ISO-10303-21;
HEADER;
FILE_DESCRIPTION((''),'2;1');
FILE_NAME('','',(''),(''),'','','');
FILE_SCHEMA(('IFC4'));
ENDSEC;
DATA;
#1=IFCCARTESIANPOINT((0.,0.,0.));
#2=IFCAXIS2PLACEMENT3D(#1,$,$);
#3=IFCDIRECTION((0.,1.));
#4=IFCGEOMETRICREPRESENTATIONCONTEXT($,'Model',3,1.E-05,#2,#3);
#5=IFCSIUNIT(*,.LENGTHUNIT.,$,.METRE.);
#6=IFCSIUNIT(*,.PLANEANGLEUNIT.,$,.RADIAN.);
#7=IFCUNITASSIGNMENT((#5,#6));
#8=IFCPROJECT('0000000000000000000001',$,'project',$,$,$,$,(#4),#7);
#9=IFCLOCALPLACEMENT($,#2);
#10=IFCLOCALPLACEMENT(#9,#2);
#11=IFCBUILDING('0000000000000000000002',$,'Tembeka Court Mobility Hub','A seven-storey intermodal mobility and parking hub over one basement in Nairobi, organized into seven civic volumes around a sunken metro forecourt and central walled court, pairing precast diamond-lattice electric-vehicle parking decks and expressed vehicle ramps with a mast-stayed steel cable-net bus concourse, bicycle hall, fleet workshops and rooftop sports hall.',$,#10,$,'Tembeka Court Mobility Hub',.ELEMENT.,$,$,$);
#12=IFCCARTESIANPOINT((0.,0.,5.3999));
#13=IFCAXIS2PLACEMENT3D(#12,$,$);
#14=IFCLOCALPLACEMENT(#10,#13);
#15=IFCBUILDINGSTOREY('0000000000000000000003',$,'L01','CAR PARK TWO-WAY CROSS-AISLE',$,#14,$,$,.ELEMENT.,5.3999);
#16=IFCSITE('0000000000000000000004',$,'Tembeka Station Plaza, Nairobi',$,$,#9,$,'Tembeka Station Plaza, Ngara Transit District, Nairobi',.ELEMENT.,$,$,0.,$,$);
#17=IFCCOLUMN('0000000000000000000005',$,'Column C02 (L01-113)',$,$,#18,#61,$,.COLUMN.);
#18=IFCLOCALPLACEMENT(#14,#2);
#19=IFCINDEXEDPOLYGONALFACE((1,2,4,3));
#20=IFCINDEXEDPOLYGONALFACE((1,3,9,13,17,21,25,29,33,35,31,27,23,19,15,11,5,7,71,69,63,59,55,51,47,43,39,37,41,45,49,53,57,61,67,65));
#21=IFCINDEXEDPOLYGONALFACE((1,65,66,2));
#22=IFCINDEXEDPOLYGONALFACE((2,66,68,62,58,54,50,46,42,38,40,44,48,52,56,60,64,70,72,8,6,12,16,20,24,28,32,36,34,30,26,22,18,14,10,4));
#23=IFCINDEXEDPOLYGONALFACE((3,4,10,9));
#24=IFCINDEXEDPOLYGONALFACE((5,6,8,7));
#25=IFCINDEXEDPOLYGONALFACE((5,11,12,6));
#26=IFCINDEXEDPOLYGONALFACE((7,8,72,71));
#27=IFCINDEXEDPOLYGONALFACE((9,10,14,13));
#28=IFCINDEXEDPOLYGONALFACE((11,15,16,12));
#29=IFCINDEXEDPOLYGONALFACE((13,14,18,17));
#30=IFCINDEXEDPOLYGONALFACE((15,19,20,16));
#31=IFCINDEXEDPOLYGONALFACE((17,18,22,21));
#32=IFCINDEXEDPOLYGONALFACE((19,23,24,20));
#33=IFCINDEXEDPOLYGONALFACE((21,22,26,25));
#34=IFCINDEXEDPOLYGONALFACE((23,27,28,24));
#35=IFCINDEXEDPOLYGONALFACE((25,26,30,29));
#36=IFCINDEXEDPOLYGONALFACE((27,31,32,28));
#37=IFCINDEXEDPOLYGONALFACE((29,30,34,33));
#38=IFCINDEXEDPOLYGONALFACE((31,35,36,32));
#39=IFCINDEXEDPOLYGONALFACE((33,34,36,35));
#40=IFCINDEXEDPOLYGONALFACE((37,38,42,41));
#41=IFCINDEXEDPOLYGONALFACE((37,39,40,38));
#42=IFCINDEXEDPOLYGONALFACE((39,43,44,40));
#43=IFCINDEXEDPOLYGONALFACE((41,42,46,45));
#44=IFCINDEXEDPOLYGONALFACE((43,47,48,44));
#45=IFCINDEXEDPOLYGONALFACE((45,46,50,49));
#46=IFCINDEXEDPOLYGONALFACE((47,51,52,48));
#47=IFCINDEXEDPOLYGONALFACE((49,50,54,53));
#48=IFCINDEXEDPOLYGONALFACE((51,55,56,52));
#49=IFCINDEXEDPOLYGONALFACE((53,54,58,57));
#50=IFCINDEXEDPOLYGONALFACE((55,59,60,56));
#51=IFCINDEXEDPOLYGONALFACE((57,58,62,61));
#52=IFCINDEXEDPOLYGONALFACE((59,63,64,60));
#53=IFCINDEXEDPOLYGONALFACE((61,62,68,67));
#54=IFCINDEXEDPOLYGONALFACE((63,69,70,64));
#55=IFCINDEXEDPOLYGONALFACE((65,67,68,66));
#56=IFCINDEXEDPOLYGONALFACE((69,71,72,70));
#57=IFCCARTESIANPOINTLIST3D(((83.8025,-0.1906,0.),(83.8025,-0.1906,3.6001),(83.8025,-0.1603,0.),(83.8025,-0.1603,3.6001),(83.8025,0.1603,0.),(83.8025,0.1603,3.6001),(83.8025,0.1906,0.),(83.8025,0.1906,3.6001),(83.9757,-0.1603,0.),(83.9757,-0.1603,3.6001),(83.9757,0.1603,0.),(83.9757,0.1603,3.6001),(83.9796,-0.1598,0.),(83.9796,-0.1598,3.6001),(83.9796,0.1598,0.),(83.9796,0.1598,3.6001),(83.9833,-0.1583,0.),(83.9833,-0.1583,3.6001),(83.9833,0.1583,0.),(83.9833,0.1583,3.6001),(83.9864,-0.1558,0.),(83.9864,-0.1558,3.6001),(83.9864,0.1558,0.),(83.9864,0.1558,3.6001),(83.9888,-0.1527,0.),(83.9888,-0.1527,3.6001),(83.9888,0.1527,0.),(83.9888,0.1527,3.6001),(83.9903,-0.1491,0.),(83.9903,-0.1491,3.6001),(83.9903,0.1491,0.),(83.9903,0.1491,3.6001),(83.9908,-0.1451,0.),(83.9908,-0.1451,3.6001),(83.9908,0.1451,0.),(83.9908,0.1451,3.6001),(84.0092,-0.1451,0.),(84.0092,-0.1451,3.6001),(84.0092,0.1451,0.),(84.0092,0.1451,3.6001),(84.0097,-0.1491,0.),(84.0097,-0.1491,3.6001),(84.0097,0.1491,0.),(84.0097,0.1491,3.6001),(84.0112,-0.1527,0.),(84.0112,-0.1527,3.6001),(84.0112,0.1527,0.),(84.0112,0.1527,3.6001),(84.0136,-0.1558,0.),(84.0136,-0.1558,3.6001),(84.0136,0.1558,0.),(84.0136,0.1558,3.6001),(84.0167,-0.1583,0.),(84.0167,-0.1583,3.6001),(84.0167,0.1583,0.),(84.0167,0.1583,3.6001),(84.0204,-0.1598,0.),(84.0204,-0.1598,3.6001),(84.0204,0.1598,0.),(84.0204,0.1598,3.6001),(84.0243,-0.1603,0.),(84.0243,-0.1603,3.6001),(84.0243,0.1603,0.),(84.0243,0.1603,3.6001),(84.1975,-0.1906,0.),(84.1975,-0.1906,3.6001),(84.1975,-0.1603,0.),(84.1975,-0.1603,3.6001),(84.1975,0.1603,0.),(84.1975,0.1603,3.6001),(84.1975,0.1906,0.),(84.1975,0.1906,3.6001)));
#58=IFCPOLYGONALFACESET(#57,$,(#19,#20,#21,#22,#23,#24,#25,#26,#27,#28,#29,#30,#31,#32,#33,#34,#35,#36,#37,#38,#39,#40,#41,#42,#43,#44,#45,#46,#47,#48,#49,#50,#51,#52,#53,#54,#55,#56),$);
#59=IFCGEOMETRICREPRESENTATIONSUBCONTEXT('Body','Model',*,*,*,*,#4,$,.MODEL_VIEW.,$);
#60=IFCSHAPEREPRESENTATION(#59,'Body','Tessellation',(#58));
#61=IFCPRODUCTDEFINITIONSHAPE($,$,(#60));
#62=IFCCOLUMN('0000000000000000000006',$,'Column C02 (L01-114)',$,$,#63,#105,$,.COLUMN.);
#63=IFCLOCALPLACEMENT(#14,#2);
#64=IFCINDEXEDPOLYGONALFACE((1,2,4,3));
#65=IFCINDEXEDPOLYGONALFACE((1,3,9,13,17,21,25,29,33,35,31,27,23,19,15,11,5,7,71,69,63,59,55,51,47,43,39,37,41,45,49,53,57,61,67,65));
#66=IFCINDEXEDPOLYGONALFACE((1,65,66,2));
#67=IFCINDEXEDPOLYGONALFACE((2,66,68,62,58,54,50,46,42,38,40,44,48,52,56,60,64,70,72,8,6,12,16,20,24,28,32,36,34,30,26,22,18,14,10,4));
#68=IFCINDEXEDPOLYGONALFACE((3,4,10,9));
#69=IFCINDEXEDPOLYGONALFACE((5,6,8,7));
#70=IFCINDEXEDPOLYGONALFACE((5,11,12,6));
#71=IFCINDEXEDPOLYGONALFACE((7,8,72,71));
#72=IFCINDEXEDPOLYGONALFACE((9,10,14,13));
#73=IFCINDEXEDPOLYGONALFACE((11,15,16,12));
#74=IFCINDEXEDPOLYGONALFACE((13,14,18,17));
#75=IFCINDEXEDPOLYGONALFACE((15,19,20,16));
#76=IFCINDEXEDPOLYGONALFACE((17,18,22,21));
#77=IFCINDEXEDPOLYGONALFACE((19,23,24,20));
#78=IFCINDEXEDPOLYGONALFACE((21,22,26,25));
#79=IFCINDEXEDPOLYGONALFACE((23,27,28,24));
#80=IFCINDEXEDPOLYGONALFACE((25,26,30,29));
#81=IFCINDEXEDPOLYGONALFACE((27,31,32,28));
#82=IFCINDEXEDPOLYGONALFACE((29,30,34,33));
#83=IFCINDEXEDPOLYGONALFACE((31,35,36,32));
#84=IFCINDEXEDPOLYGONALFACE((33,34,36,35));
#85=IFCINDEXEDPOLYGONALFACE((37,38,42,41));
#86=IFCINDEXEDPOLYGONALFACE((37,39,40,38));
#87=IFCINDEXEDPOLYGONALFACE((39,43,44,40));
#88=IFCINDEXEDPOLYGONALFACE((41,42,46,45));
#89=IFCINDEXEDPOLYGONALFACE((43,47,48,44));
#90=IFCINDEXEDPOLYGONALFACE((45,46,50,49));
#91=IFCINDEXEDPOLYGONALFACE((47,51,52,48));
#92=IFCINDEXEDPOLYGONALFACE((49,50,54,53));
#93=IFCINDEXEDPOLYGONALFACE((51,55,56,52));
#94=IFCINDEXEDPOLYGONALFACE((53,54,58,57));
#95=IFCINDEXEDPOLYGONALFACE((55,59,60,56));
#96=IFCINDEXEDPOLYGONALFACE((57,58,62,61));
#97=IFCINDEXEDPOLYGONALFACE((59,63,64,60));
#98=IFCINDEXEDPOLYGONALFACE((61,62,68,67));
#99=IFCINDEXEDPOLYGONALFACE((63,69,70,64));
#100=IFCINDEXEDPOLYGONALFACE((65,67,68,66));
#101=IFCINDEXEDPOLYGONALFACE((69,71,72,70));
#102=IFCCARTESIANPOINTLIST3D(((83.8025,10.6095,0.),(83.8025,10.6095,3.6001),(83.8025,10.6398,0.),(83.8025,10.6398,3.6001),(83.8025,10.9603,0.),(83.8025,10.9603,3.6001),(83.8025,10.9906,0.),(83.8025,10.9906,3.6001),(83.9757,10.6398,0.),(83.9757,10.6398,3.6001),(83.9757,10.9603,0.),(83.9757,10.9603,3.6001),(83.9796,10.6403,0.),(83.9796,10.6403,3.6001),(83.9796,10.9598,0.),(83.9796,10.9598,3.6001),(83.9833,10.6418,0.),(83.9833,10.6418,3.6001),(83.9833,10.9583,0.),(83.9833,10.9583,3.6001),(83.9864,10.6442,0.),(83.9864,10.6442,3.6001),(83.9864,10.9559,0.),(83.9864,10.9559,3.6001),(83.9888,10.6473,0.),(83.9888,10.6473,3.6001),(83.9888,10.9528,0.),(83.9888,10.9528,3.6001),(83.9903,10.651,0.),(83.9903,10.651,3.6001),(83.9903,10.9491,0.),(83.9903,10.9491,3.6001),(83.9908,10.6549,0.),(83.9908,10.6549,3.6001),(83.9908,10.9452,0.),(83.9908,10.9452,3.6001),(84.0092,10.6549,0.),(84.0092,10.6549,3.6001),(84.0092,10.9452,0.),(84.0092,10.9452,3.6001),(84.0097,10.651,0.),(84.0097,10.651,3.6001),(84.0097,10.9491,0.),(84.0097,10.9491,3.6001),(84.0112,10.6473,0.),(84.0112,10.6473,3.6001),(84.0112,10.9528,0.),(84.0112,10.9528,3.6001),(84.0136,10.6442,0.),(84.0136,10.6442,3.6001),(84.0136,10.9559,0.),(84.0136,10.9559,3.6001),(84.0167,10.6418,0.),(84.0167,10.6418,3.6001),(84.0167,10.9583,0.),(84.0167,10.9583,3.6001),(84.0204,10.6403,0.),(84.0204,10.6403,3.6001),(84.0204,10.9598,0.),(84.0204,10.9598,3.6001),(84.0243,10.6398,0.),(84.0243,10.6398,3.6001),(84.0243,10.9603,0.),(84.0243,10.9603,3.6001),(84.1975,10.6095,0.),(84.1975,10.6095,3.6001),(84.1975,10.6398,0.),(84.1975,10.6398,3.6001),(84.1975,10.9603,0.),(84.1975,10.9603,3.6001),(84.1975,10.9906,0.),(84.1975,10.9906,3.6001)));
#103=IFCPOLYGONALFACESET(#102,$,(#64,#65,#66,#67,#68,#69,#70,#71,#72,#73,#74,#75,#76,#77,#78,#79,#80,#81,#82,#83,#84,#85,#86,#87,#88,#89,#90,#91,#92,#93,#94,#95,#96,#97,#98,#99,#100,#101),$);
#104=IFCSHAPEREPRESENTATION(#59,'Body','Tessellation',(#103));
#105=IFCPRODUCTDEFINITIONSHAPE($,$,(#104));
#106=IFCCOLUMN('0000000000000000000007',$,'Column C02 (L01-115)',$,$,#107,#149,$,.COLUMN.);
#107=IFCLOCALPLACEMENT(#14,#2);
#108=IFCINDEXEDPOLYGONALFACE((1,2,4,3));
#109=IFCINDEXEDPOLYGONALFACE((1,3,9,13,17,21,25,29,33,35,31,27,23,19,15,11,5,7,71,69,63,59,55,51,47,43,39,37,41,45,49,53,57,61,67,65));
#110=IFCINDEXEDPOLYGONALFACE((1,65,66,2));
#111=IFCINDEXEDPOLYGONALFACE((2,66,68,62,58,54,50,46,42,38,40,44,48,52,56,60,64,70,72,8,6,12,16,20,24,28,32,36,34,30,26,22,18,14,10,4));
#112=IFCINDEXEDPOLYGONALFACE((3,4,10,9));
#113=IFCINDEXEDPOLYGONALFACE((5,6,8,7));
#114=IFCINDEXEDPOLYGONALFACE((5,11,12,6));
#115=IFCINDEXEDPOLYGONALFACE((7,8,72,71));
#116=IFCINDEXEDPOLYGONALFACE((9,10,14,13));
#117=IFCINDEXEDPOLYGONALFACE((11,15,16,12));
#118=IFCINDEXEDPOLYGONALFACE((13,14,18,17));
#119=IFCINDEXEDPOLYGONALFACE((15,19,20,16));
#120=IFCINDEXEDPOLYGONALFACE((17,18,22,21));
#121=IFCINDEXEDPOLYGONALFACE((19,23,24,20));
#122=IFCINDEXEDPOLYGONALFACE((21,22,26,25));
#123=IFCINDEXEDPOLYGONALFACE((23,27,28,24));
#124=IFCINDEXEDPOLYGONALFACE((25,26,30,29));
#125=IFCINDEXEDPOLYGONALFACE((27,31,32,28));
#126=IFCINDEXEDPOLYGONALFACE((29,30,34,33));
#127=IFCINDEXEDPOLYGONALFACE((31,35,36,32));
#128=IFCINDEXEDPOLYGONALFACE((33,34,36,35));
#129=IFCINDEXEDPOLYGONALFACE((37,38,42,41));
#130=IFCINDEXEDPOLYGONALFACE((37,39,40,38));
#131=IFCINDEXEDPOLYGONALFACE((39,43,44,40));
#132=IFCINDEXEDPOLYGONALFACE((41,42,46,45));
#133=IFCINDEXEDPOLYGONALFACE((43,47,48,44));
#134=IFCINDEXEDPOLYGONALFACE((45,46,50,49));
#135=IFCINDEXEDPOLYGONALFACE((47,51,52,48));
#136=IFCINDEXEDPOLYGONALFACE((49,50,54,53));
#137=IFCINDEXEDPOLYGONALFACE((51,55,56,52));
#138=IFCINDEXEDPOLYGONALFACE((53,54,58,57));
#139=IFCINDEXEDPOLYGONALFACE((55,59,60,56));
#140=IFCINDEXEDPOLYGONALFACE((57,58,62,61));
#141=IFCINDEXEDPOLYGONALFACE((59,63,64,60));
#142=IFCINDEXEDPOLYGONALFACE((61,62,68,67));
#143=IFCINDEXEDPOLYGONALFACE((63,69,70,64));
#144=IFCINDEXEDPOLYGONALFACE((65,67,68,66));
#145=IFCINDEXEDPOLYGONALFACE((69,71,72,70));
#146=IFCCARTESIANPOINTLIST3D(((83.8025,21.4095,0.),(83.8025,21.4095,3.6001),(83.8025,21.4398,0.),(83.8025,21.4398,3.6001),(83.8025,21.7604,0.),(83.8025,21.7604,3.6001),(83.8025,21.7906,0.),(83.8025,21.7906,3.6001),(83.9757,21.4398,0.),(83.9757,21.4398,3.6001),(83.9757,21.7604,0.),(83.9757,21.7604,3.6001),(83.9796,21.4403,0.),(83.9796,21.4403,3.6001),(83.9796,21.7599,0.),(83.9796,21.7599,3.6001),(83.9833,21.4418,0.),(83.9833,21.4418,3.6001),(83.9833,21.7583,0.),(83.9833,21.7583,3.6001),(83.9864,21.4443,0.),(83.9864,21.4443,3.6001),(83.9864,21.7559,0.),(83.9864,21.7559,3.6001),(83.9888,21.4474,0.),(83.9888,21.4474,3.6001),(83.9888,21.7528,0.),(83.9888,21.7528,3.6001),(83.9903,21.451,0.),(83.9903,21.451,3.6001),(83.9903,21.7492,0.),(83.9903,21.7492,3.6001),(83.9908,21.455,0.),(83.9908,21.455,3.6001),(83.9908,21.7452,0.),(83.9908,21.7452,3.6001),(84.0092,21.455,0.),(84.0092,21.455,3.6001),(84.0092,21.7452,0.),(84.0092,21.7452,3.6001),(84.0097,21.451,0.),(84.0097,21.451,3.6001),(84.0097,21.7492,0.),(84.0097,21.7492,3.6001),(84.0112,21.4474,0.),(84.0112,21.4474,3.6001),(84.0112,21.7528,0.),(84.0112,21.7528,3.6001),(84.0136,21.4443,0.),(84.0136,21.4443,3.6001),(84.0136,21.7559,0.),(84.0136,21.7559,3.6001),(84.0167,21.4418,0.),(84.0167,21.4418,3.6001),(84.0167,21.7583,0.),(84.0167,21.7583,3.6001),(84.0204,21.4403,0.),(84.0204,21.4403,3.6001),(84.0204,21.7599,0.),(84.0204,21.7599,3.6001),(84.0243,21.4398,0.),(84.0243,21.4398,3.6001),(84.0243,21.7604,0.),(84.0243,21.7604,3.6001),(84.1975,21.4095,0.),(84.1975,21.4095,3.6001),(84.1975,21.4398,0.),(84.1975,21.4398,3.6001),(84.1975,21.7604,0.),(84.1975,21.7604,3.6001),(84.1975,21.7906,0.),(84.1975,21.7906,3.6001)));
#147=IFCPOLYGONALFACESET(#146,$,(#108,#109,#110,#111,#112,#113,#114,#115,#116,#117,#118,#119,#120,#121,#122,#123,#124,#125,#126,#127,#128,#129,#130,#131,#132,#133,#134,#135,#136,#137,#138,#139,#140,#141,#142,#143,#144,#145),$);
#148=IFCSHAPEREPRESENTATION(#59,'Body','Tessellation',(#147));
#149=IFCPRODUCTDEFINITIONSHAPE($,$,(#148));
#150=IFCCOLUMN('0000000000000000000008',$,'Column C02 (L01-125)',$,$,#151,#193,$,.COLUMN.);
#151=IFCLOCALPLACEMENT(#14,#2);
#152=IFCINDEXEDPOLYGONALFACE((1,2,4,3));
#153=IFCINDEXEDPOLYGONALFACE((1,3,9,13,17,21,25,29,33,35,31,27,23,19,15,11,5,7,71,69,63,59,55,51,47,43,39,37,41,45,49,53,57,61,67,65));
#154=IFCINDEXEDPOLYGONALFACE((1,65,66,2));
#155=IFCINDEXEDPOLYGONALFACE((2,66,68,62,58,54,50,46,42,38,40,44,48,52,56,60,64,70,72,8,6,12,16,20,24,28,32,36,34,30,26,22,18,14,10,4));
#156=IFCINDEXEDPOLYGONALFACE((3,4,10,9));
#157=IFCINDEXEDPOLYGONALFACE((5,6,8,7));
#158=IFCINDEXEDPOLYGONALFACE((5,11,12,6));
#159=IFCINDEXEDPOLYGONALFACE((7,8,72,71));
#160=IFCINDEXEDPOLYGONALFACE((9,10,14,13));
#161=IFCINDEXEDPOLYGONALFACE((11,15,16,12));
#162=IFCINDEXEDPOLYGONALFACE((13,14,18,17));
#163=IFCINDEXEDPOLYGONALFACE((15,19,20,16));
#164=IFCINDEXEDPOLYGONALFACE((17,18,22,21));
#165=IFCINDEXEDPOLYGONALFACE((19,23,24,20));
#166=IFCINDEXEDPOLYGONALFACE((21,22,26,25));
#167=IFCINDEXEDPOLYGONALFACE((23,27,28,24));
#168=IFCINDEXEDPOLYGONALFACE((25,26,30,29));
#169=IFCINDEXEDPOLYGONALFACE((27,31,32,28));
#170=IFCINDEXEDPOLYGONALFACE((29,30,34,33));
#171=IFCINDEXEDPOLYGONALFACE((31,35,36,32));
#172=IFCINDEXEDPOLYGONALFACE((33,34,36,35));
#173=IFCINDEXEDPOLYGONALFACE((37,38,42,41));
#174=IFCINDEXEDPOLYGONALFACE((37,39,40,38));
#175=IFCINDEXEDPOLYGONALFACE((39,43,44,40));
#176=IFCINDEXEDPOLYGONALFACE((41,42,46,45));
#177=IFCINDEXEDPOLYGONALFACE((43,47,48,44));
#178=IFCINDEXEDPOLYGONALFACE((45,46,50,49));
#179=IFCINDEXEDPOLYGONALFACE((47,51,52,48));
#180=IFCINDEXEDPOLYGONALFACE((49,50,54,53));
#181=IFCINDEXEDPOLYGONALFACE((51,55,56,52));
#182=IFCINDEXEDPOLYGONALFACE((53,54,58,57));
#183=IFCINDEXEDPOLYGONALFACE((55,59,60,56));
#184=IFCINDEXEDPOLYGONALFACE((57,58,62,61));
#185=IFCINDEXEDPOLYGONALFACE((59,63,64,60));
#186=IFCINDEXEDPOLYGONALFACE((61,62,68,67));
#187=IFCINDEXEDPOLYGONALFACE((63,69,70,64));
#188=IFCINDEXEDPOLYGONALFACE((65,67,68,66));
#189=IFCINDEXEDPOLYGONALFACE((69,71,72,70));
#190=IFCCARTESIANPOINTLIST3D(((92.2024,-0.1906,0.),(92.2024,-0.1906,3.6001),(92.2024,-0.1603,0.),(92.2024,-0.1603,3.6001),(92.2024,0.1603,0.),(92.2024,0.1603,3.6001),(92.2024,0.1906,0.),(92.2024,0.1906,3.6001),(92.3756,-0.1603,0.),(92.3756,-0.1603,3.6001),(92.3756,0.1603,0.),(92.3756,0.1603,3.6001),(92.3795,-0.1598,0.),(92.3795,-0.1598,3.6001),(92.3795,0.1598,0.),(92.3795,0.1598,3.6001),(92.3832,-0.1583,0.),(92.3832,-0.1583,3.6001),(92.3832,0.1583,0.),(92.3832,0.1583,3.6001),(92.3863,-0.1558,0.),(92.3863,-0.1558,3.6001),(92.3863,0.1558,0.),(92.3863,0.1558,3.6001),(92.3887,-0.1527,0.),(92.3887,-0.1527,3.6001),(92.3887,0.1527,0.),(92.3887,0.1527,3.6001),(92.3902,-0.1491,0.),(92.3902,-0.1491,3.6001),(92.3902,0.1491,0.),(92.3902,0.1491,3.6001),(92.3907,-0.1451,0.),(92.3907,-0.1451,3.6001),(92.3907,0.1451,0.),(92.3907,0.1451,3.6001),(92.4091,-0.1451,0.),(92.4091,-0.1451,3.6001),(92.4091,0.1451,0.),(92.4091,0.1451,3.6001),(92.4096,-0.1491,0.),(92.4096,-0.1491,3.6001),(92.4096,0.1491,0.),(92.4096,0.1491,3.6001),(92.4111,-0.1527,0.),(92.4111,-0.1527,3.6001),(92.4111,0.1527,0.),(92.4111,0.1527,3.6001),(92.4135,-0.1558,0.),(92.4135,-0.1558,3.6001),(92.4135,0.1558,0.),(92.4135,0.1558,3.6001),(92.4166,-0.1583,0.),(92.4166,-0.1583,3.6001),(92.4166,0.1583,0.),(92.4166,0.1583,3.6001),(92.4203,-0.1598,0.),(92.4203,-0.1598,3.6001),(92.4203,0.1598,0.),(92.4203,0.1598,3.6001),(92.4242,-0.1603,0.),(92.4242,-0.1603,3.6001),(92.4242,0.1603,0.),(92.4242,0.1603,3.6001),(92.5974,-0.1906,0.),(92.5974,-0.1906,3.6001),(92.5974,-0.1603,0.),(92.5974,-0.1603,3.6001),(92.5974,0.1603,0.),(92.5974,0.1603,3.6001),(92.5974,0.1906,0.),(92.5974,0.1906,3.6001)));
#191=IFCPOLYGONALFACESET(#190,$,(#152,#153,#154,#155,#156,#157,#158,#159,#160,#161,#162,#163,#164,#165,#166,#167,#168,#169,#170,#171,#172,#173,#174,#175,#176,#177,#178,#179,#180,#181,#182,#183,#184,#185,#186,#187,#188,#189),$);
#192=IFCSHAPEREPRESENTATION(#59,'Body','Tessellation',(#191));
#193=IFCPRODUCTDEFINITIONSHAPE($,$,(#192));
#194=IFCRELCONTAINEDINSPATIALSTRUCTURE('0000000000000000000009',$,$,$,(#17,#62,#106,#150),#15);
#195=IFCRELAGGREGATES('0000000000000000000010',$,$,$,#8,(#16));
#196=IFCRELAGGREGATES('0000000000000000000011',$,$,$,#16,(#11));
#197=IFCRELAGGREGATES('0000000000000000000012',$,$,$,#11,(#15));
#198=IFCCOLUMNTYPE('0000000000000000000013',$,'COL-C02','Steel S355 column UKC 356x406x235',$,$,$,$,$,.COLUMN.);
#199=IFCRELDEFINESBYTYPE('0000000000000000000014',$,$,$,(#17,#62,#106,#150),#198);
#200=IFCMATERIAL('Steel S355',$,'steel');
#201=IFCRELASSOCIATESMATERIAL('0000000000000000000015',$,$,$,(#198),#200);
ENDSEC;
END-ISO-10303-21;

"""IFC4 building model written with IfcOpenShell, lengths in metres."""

from ifc_helpers import new_model, si_unit, direction, frame, origin, origin_2d, place, context, subcontext, project, spatial, i_section, extrude, material, material_profile, profile_set, type_object, element, save


model = new_model("IFC4")

# Units and contexts
model_context = context("Model", 3, precision=1e-05, world=origin(), true_north=direction((0.0, 1.0)))
body_context = subcontext(model_context, "Body", "Model", "MODEL_VIEW")
ifc_project = project(units=[si_unit("LENGTHUNIT", "METRE"), si_unit("PLANEANGLEUNIT", "RADIAN")], contexts=[model_context])

# Site, building, storey
site_placement = place(None, origin())
site = spatial("IfcSite", under=ifc_project, at=site_placement, Name="Tembeka Station Plaza, Nairobi", LongName="Tembeka Station Plaza, Ngara Transit District, Nairobi", CompositionType="ELEMENT", RefElevation=0.0)
building_placement = place(site_placement, origin())
building = spatial("IfcBuilding", under=site, at=building_placement, Name="Tembeka Court Mobility Hub", Description="A seven-storey intermodal mobility and parking hub over one basement in Nairobi, organized into seven civic volumes around a sunken metro forecourt and central walled court, pairing precast diamond-lattice electric-vehicle parking decks and expressed vehicle ramps with a mast-stayed steel cable-net bus concourse, bicycle hall, fleet workshops and rooftop sports hall.", LongName="Tembeka Court Mobility Hub", CompositionType="ELEMENT")
storey_placement = place(building_placement, frame((0.0, 0.0, 5.3999)))
storey = spatial("IfcBuildingStorey", under=building, at=storey_placement, Name="L01", Description="CAR PARK TWO-WAY CROSS-AISLE", CompositionType="ELEMENT", Elevation=5.3999)

# Columns
ifc_material_1 = material(Name="Steel S355", Category="steel")
ifc_material_profile_1 = material_profile(ifc_material_1, i_section(OverallWidth=0.395, OverallDepth=0.3811, WebThickness=0.0183, FlangeThickness=0.0303, FilletRadius=0.0151, at=origin_2d()), Name="UKC 356x406x235")
ifc_profile_set_1 = profile_set([ifc_material_profile_1], Name="Steel S355")
column_type = type_object("IfcColumnType", Name="COL-C02", Description="Steel S355 column UKC 356x406x235", PredefinedType="COLUMN", material=ifc_profile_set_1)
for number, where, z_axis, x_axis, name in (
    (1, (84.0, 0.0, 0.0), (0.0, 0.0, 1.0), (1.0, 0.0, 0.0), "Column C02 (L01-113)"),
    (2, (84.0, 10.8, 0.0), (0.0, 0.0, 1.0), (1.0, 0.0, 0.0), "Column C02 (L01-114)"),
    (3, (84.0, 21.6001, 0.0), (0.0, 0.0, 1.0), (1.0, 0.0, 0.0), "Column C02 (L01-115)"),
    (4, (92.3999, 0.0, 0.0), (0.0, 0.0, 1.0), (1.0, 0.0, 0.0), "Column C02 (L01-125)"),
):
    element("IfcColumn", number, at=place(storey_placement, frame(where, z_axis=z_axis, x_axis=x_axis)), inside=storey, type_object=column_type, Name=name, PredefinedType="COLUMN", context=body_context, shape_type="SweptSolid", body=[
        extrude(i_section(OverallWidth=0.395, OverallDepth=0.3811, WebThickness=0.0183, FlangeThickness=0.0303, FilletRadius=0.0151, at=origin_2d()), origin(), (0.0, 0.0, 1.0), 3.6001),
    ])

save(model, "model.ifc")
